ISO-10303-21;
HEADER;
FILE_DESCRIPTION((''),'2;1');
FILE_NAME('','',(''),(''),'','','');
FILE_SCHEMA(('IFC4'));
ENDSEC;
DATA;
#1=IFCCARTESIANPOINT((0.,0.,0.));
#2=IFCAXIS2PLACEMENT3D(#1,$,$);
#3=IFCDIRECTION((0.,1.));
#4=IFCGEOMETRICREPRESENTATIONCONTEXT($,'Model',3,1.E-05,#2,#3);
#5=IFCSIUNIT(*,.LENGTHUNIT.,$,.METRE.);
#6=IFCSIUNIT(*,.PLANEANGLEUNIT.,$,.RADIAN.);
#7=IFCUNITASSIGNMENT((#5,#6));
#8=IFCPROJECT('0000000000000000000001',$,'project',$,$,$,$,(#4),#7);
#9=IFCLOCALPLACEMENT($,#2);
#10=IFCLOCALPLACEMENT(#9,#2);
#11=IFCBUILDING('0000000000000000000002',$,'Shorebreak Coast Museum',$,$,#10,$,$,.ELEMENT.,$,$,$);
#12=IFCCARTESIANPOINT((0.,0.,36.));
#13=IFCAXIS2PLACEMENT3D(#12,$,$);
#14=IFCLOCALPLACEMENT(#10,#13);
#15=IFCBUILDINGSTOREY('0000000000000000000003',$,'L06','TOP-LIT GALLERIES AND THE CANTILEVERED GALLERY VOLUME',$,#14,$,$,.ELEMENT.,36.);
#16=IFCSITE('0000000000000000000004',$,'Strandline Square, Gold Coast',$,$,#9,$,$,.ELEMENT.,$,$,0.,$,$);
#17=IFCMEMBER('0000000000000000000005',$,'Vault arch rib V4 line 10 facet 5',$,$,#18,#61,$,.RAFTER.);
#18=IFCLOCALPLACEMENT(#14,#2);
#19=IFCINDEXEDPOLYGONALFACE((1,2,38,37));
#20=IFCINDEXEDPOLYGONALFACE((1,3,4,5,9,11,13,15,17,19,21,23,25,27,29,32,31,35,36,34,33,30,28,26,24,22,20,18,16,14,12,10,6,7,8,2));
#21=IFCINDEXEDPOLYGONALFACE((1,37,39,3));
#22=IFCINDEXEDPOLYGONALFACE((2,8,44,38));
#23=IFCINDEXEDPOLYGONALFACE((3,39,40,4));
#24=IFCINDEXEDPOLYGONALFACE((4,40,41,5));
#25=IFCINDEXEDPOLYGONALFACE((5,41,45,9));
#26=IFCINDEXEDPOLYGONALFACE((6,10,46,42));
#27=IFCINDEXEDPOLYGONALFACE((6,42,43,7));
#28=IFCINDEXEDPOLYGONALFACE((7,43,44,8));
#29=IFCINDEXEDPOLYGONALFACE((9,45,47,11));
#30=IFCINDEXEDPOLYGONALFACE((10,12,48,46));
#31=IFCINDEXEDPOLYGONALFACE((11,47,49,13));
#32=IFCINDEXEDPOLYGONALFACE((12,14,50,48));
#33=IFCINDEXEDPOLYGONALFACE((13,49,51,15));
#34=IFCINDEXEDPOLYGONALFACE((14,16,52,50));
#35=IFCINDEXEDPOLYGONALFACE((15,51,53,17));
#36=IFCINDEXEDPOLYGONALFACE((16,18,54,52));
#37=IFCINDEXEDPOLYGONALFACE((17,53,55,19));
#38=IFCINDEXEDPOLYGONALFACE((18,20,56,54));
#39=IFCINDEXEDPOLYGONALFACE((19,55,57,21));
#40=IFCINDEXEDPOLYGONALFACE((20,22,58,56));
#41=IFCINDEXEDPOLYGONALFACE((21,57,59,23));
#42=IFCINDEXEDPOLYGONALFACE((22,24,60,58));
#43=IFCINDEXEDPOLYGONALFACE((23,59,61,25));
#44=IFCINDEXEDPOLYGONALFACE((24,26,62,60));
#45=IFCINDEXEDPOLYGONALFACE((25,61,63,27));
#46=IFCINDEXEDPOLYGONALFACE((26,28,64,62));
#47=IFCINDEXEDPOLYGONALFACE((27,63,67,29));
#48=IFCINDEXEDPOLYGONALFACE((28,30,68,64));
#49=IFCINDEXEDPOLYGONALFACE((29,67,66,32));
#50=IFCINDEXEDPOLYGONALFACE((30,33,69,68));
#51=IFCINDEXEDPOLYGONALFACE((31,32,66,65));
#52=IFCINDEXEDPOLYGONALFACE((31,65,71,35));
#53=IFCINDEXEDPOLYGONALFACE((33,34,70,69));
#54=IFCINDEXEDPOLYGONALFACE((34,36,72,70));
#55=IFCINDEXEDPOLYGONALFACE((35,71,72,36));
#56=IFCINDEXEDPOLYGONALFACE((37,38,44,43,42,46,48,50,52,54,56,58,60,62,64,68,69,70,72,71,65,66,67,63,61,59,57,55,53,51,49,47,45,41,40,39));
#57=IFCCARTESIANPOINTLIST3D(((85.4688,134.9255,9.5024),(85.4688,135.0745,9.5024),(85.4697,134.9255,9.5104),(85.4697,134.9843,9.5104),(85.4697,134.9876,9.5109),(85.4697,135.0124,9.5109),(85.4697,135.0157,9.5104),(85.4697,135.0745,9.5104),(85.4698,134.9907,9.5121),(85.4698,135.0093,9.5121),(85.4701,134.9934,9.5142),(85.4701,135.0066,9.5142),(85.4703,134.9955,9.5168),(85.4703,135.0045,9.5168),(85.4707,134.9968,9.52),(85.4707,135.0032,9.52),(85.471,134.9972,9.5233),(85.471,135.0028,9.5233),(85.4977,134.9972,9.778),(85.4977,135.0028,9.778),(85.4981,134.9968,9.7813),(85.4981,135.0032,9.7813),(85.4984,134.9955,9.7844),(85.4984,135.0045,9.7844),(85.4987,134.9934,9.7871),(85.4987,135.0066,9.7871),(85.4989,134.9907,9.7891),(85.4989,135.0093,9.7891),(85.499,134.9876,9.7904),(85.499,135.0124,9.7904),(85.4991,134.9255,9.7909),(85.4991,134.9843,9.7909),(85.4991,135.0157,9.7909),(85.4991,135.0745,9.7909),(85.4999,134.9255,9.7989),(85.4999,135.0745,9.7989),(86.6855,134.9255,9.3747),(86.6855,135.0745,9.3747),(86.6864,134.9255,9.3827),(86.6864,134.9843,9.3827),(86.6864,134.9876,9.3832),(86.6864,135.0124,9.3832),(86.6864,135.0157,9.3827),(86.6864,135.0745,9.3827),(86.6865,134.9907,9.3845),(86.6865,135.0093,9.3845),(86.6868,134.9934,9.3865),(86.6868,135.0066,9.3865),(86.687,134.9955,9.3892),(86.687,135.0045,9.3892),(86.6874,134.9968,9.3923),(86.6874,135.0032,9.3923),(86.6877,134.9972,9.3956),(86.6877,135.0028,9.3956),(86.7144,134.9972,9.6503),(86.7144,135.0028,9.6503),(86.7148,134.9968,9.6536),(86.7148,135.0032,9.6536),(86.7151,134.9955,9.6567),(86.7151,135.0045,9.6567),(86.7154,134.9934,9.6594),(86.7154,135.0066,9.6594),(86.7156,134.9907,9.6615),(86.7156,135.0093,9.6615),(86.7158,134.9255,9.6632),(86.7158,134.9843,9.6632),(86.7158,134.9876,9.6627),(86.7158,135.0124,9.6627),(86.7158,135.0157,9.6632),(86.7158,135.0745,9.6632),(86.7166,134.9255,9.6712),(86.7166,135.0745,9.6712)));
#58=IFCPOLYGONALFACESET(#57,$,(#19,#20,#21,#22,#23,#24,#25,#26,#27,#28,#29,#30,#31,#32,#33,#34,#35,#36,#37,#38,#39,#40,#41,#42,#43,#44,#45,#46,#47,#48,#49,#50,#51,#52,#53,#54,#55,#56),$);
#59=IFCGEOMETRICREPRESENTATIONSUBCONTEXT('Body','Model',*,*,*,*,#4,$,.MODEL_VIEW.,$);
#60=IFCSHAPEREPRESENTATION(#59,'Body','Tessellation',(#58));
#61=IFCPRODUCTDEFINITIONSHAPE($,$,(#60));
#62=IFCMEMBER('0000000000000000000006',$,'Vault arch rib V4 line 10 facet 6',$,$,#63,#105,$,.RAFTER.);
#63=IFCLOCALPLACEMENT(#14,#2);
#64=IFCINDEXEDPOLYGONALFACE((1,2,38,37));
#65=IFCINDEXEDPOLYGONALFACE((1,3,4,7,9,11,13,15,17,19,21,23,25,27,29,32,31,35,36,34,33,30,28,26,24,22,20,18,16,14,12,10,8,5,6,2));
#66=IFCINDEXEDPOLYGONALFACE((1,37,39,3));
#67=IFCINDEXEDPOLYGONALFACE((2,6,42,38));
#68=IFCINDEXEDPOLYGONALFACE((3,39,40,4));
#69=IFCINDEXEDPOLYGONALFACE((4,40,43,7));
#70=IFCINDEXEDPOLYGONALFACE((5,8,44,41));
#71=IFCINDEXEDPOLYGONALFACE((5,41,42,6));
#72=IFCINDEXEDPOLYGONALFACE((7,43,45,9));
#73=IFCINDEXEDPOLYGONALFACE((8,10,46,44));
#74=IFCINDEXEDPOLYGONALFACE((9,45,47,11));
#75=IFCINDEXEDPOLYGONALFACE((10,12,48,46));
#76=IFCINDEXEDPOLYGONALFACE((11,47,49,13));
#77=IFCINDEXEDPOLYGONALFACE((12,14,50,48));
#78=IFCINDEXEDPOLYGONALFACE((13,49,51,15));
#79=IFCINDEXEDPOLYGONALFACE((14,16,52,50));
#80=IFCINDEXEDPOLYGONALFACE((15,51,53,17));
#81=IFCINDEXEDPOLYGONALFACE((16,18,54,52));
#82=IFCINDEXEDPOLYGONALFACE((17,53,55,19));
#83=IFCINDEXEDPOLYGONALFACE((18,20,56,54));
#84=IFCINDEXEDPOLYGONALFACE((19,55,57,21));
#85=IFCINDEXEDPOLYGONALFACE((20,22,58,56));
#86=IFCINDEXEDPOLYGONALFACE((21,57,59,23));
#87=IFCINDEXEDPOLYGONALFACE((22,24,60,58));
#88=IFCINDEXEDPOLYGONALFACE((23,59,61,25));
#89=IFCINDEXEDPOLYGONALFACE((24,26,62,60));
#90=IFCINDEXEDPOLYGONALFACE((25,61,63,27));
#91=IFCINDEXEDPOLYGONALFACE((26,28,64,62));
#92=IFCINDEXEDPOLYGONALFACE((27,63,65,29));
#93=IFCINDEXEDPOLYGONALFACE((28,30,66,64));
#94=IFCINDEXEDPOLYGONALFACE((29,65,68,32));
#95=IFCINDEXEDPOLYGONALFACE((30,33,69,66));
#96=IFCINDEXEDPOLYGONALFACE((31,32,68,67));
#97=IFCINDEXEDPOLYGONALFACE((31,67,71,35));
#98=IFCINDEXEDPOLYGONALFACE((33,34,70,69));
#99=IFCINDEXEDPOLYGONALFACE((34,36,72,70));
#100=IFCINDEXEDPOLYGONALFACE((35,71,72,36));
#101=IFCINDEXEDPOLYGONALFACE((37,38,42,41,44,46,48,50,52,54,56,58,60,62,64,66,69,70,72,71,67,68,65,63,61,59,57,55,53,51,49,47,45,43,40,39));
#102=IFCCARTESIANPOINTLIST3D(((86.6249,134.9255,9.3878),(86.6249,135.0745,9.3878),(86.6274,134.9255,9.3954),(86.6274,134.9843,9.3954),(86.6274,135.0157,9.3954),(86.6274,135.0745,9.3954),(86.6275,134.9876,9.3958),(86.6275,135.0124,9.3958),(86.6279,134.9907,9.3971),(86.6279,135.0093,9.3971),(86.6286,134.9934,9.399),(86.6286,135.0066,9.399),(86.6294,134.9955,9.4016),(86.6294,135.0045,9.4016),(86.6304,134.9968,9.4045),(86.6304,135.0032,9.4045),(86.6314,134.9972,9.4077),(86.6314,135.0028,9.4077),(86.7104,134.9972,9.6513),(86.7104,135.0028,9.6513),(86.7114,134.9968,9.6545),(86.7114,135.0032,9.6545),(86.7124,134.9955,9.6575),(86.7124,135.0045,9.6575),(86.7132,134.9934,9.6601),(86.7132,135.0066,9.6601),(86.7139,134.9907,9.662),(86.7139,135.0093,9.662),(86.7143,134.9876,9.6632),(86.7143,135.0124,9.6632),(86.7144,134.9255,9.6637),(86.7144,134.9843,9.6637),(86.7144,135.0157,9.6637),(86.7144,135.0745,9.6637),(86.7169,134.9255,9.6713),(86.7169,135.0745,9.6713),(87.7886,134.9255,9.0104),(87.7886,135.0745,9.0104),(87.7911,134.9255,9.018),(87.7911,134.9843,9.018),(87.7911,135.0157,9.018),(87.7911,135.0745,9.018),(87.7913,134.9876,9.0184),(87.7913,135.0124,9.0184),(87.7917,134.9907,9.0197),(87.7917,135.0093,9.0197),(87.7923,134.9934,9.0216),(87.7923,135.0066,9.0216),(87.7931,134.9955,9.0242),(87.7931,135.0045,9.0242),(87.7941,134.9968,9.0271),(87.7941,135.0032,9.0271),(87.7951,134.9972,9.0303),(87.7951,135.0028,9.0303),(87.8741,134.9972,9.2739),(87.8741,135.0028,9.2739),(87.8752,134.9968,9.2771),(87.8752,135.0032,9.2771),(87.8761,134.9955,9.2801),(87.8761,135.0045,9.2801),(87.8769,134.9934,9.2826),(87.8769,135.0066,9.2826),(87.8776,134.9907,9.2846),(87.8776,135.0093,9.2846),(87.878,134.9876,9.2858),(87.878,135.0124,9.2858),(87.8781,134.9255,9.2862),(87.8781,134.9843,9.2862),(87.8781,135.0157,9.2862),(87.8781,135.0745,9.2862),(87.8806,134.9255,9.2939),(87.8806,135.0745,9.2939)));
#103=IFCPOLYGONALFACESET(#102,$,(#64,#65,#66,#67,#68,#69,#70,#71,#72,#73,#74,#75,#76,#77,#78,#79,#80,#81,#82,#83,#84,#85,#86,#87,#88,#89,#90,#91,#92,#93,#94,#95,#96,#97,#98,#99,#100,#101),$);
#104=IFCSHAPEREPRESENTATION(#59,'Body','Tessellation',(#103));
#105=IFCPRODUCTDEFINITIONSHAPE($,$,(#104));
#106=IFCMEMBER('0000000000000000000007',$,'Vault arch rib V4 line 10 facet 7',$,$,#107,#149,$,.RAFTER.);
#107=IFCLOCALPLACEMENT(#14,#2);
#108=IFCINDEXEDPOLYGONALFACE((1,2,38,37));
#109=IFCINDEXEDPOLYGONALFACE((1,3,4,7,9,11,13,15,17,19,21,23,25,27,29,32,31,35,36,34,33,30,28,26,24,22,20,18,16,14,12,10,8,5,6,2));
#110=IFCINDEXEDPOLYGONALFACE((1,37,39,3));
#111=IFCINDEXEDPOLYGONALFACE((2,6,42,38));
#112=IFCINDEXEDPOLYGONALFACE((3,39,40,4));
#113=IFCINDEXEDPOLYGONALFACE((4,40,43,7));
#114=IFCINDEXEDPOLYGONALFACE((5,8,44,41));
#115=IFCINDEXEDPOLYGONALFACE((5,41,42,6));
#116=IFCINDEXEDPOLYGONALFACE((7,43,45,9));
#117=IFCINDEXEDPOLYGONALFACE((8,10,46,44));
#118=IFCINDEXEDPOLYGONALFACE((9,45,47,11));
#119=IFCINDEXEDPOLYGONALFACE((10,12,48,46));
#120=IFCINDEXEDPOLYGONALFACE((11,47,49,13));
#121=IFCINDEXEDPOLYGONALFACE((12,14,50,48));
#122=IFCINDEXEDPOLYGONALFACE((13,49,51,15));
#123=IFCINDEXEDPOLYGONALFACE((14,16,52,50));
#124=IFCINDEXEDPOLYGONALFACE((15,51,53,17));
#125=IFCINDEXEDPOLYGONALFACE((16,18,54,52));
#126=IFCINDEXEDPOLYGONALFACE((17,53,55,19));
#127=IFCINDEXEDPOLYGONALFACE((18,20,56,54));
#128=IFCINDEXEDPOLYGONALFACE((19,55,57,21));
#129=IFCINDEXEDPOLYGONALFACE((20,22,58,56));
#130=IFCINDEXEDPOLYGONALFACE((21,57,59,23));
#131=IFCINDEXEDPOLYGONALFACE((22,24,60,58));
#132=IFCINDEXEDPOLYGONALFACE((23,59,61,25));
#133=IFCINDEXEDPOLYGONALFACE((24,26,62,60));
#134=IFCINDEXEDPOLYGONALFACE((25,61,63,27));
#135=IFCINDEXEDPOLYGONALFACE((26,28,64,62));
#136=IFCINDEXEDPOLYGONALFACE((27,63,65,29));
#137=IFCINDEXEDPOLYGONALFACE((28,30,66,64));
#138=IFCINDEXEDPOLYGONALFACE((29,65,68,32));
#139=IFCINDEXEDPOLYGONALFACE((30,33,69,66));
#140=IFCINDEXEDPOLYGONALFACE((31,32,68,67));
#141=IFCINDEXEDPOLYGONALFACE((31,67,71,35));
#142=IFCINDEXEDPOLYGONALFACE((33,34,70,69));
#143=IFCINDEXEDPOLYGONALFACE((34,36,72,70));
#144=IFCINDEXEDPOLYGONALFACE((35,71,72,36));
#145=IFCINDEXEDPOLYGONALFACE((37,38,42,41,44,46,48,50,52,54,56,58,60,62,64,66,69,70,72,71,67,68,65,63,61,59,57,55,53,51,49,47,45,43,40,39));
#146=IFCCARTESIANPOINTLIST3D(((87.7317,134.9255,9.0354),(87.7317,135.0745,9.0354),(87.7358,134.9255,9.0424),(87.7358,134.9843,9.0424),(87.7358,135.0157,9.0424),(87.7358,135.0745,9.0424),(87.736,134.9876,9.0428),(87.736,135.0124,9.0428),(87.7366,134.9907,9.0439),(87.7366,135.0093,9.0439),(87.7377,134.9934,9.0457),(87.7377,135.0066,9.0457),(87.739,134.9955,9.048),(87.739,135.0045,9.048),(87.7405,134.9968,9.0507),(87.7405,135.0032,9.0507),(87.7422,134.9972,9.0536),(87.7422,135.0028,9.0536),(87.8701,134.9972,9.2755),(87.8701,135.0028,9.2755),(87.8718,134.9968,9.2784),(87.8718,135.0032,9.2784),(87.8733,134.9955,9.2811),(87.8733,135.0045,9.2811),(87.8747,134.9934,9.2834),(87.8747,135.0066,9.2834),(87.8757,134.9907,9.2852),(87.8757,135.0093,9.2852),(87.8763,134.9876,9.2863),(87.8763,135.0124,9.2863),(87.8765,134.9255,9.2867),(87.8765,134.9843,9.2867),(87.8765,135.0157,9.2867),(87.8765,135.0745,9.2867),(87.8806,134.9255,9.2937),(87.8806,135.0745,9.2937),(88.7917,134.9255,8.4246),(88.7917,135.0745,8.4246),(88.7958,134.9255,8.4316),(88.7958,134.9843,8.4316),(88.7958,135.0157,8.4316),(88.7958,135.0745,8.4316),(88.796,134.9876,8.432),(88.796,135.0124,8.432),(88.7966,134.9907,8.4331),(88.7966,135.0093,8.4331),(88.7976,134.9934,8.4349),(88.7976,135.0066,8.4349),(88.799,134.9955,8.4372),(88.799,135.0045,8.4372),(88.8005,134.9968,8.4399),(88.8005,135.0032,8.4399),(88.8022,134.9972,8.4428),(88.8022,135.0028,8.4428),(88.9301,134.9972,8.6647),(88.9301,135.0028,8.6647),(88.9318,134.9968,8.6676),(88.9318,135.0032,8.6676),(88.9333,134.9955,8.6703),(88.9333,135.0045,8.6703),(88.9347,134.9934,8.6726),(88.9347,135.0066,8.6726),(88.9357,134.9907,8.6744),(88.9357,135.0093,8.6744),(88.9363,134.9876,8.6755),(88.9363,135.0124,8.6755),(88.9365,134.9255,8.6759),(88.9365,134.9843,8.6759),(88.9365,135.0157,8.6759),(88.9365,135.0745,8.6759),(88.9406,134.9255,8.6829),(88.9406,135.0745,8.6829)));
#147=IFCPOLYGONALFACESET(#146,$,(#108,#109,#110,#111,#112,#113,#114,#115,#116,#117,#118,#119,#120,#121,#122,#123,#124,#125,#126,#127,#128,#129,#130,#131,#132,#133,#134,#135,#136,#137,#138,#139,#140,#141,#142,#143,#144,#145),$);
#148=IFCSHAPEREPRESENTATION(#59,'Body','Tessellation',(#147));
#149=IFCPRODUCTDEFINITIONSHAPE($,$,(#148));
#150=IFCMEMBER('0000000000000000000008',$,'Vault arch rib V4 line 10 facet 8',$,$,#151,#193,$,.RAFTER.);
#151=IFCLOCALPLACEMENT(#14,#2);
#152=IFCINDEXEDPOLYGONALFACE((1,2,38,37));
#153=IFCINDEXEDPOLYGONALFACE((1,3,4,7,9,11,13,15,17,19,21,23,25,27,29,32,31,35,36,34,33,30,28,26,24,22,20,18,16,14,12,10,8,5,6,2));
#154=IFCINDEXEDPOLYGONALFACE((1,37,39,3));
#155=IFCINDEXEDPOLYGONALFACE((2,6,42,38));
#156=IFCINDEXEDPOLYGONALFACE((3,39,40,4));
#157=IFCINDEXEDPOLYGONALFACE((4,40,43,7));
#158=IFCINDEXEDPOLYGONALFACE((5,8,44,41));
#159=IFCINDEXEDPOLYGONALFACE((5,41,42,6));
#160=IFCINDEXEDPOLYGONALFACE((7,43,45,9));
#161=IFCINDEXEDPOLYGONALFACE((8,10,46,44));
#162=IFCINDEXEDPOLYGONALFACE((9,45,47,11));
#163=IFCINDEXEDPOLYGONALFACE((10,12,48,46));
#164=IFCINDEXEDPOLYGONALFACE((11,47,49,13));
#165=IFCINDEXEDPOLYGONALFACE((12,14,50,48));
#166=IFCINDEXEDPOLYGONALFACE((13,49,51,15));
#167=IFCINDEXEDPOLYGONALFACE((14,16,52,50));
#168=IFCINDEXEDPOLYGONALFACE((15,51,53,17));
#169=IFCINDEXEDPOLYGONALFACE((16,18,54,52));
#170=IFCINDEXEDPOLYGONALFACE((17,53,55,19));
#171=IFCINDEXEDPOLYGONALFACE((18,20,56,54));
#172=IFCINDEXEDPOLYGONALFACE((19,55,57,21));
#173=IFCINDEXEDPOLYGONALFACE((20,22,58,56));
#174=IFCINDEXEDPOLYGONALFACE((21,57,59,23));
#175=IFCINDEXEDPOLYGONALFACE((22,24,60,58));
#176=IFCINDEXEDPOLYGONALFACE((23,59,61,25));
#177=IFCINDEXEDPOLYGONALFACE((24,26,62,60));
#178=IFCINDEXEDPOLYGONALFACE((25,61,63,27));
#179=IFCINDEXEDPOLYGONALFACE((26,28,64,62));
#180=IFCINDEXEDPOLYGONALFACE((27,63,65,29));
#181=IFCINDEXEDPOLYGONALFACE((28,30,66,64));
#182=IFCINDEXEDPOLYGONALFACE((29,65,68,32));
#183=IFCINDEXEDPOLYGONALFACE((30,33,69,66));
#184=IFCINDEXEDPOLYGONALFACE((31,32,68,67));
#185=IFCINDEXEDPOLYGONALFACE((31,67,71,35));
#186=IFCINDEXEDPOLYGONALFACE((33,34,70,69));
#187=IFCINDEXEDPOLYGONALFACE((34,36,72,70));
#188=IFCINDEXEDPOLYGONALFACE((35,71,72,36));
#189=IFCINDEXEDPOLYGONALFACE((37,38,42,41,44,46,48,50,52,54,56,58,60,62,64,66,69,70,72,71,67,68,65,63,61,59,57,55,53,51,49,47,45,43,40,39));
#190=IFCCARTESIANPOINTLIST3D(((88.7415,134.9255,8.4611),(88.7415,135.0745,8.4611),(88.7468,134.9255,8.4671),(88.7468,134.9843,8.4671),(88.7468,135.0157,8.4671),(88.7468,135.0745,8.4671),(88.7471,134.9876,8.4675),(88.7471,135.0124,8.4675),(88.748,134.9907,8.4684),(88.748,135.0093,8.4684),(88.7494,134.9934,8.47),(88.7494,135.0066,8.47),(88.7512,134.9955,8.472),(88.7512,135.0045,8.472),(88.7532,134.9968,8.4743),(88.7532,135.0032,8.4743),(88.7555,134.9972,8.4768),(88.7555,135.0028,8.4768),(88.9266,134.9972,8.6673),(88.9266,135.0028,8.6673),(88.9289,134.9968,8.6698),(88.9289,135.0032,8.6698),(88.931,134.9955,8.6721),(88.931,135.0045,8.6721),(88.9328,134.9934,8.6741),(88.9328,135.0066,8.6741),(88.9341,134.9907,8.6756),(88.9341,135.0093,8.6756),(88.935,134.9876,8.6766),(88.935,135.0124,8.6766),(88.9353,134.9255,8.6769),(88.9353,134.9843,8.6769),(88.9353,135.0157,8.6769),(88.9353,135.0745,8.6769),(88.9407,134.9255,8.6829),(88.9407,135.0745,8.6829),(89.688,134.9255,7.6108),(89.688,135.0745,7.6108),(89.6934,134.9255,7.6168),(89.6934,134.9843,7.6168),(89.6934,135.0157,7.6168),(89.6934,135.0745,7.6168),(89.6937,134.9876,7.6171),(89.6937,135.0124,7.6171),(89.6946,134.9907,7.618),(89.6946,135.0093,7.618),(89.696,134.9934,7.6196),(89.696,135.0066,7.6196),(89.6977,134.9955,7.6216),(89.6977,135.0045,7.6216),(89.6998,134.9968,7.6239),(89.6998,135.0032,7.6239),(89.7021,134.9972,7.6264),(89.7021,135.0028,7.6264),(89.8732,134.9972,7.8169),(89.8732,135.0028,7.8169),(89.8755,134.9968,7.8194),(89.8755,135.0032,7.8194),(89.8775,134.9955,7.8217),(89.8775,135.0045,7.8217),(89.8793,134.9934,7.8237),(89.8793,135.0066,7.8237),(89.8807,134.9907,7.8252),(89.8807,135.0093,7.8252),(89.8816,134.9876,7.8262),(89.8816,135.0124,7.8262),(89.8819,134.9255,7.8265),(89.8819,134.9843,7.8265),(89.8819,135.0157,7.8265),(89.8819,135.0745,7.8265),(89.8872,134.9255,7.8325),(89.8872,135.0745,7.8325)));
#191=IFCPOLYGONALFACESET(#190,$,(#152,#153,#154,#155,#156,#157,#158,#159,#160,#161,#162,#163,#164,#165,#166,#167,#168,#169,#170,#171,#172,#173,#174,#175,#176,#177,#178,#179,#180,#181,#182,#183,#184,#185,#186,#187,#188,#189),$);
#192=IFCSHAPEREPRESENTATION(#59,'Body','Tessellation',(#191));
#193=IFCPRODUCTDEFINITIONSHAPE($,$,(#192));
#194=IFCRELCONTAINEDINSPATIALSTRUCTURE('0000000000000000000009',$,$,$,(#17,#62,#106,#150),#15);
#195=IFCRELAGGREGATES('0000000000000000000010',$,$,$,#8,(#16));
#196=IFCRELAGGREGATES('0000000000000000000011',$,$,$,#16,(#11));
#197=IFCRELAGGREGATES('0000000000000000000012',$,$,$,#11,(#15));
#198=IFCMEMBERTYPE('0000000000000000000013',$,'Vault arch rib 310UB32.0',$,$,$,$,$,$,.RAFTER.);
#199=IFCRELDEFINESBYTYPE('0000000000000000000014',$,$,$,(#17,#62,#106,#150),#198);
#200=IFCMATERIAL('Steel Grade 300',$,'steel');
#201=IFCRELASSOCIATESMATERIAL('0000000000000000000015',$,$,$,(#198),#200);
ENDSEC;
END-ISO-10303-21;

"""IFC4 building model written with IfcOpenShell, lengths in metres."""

from ifc_helpers import new_model, si_unit, direction, frame, origin, origin_2d, place, context, subcontext, project, spatial, i_section, extrude, material, material_profile, profile_set, type_object, element, save


model = new_model("IFC4")

# Units and contexts
model_context = context("Model", 3, precision=1e-05, world=origin(), true_north=direction((0.0, 1.0)))
body_context = subcontext(model_context, "Body", "Model", "MODEL_VIEW")
ifc_project = project(units=[si_unit("LENGTHUNIT", "METRE"), si_unit("PLANEANGLEUNIT", "RADIAN")], contexts=[model_context])

# Site, building, storey
site_placement = place(None, origin())
site = spatial("IfcSite", under=ifc_project, at=site_placement, Name="Strandline Square, Gold Coast", CompositionType="ELEMENT", RefElevation=0.0)
building_placement = place(site_placement, origin())
building = spatial("IfcBuilding", under=site, at=building_placement, Name="Shorebreak Coast Museum", CompositionType="ELEMENT")
storey_placement = place(building_placement, frame((0.0, 0.0, 36.0)))
storey = spatial("IfcBuildingStorey", under=building, at=storey_placement, Name="L06", Description="TOP-LIT GALLERIES AND THE CANTILEVERED GALLERY VOLUME", CompositionType="ELEMENT", Elevation=36.0)

# Members
ifc_material_1 = material(Name="Steel Grade 300", Category="steel")
ifc_material_profile_1 = material_profile(ifc_material_1, i_section(OverallWidth=0.1489, OverallDepth=0.2981, WebThickness=0.0056, FlangeThickness=0.0081, FilletRadius=0.0129, at=origin_2d()), Name="310UB32.0")
ifc_profile_set_1 = profile_set([ifc_material_profile_1], Name="Steel Grade 300")
member_type_1 = type_object("IfcMemberType", Name="Vault arch rib 310UB32.0", PredefinedType="RAFTER", material=ifc_profile_set_1)
for number, where, z_axis, x_axis, name in (
    (1, (85.4844, 135.0, 9.6506), (0.994539, 0.0, -0.104363), (0.0, 1.0, 0.0), "Vault arch rib V4 line 10 facet 5"),
    (2, (86.6709, 135.0, 9.5295), (0.951226, 0.0, -0.308495), (0.0, 1.0, 0.0), "Vault arch rib V4 line 10 facet 6"),
    (3, (87.8062, 135.0, 9.1646), (0.866445, 0.0, -0.499273), (0.0, 1.0, 0.0), "Vault arch rib V4 line 10 facet 7"),
):
    element("IfcMember", number, at=place(storey_placement, frame(where, z_axis=z_axis, x_axis=x_axis)), inside=storey, type_object=member_type_1, Name=name, PredefinedType="RAFTER", context=body_context, shape_type="SweptSolid", body=[
        extrude(i_section(OverallWidth=0.1489, OverallDepth=0.2981, WebThickness=0.0056, FlangeThickness=0.0081, FilletRadius=0.0129, at=origin_2d()), origin(), (0.0, 0.0, 1.0), 1.2234),
    ])
for number, where, z_axis, x_axis, name in (
    (4, (88.8411, 135.0, 8.572), (0.743895, 0.0, -0.668297), (0.0, 1.0, 0.0), "Vault arch rib V4 line 10 facet 8"),
):
    element("IfcMember", number, at=place(storey_placement, frame(where, z_axis=z_axis, x_axis=x_axis)), inside=storey, type_object=member_type_1, Name=name, PredefinedType="RAFTER", context=body_context, shape_type="SweptSolid", body=[
        extrude(i_section(OverallWidth=0.1489, OverallDepth=0.2981, WebThickness=0.0056, FlangeThickness=0.0081, FilletRadius=0.0129, at=origin_2d()), origin(), (0.0, 0.0, 1.0), 1.2725),
    ])

save(model, "model.ifc")
